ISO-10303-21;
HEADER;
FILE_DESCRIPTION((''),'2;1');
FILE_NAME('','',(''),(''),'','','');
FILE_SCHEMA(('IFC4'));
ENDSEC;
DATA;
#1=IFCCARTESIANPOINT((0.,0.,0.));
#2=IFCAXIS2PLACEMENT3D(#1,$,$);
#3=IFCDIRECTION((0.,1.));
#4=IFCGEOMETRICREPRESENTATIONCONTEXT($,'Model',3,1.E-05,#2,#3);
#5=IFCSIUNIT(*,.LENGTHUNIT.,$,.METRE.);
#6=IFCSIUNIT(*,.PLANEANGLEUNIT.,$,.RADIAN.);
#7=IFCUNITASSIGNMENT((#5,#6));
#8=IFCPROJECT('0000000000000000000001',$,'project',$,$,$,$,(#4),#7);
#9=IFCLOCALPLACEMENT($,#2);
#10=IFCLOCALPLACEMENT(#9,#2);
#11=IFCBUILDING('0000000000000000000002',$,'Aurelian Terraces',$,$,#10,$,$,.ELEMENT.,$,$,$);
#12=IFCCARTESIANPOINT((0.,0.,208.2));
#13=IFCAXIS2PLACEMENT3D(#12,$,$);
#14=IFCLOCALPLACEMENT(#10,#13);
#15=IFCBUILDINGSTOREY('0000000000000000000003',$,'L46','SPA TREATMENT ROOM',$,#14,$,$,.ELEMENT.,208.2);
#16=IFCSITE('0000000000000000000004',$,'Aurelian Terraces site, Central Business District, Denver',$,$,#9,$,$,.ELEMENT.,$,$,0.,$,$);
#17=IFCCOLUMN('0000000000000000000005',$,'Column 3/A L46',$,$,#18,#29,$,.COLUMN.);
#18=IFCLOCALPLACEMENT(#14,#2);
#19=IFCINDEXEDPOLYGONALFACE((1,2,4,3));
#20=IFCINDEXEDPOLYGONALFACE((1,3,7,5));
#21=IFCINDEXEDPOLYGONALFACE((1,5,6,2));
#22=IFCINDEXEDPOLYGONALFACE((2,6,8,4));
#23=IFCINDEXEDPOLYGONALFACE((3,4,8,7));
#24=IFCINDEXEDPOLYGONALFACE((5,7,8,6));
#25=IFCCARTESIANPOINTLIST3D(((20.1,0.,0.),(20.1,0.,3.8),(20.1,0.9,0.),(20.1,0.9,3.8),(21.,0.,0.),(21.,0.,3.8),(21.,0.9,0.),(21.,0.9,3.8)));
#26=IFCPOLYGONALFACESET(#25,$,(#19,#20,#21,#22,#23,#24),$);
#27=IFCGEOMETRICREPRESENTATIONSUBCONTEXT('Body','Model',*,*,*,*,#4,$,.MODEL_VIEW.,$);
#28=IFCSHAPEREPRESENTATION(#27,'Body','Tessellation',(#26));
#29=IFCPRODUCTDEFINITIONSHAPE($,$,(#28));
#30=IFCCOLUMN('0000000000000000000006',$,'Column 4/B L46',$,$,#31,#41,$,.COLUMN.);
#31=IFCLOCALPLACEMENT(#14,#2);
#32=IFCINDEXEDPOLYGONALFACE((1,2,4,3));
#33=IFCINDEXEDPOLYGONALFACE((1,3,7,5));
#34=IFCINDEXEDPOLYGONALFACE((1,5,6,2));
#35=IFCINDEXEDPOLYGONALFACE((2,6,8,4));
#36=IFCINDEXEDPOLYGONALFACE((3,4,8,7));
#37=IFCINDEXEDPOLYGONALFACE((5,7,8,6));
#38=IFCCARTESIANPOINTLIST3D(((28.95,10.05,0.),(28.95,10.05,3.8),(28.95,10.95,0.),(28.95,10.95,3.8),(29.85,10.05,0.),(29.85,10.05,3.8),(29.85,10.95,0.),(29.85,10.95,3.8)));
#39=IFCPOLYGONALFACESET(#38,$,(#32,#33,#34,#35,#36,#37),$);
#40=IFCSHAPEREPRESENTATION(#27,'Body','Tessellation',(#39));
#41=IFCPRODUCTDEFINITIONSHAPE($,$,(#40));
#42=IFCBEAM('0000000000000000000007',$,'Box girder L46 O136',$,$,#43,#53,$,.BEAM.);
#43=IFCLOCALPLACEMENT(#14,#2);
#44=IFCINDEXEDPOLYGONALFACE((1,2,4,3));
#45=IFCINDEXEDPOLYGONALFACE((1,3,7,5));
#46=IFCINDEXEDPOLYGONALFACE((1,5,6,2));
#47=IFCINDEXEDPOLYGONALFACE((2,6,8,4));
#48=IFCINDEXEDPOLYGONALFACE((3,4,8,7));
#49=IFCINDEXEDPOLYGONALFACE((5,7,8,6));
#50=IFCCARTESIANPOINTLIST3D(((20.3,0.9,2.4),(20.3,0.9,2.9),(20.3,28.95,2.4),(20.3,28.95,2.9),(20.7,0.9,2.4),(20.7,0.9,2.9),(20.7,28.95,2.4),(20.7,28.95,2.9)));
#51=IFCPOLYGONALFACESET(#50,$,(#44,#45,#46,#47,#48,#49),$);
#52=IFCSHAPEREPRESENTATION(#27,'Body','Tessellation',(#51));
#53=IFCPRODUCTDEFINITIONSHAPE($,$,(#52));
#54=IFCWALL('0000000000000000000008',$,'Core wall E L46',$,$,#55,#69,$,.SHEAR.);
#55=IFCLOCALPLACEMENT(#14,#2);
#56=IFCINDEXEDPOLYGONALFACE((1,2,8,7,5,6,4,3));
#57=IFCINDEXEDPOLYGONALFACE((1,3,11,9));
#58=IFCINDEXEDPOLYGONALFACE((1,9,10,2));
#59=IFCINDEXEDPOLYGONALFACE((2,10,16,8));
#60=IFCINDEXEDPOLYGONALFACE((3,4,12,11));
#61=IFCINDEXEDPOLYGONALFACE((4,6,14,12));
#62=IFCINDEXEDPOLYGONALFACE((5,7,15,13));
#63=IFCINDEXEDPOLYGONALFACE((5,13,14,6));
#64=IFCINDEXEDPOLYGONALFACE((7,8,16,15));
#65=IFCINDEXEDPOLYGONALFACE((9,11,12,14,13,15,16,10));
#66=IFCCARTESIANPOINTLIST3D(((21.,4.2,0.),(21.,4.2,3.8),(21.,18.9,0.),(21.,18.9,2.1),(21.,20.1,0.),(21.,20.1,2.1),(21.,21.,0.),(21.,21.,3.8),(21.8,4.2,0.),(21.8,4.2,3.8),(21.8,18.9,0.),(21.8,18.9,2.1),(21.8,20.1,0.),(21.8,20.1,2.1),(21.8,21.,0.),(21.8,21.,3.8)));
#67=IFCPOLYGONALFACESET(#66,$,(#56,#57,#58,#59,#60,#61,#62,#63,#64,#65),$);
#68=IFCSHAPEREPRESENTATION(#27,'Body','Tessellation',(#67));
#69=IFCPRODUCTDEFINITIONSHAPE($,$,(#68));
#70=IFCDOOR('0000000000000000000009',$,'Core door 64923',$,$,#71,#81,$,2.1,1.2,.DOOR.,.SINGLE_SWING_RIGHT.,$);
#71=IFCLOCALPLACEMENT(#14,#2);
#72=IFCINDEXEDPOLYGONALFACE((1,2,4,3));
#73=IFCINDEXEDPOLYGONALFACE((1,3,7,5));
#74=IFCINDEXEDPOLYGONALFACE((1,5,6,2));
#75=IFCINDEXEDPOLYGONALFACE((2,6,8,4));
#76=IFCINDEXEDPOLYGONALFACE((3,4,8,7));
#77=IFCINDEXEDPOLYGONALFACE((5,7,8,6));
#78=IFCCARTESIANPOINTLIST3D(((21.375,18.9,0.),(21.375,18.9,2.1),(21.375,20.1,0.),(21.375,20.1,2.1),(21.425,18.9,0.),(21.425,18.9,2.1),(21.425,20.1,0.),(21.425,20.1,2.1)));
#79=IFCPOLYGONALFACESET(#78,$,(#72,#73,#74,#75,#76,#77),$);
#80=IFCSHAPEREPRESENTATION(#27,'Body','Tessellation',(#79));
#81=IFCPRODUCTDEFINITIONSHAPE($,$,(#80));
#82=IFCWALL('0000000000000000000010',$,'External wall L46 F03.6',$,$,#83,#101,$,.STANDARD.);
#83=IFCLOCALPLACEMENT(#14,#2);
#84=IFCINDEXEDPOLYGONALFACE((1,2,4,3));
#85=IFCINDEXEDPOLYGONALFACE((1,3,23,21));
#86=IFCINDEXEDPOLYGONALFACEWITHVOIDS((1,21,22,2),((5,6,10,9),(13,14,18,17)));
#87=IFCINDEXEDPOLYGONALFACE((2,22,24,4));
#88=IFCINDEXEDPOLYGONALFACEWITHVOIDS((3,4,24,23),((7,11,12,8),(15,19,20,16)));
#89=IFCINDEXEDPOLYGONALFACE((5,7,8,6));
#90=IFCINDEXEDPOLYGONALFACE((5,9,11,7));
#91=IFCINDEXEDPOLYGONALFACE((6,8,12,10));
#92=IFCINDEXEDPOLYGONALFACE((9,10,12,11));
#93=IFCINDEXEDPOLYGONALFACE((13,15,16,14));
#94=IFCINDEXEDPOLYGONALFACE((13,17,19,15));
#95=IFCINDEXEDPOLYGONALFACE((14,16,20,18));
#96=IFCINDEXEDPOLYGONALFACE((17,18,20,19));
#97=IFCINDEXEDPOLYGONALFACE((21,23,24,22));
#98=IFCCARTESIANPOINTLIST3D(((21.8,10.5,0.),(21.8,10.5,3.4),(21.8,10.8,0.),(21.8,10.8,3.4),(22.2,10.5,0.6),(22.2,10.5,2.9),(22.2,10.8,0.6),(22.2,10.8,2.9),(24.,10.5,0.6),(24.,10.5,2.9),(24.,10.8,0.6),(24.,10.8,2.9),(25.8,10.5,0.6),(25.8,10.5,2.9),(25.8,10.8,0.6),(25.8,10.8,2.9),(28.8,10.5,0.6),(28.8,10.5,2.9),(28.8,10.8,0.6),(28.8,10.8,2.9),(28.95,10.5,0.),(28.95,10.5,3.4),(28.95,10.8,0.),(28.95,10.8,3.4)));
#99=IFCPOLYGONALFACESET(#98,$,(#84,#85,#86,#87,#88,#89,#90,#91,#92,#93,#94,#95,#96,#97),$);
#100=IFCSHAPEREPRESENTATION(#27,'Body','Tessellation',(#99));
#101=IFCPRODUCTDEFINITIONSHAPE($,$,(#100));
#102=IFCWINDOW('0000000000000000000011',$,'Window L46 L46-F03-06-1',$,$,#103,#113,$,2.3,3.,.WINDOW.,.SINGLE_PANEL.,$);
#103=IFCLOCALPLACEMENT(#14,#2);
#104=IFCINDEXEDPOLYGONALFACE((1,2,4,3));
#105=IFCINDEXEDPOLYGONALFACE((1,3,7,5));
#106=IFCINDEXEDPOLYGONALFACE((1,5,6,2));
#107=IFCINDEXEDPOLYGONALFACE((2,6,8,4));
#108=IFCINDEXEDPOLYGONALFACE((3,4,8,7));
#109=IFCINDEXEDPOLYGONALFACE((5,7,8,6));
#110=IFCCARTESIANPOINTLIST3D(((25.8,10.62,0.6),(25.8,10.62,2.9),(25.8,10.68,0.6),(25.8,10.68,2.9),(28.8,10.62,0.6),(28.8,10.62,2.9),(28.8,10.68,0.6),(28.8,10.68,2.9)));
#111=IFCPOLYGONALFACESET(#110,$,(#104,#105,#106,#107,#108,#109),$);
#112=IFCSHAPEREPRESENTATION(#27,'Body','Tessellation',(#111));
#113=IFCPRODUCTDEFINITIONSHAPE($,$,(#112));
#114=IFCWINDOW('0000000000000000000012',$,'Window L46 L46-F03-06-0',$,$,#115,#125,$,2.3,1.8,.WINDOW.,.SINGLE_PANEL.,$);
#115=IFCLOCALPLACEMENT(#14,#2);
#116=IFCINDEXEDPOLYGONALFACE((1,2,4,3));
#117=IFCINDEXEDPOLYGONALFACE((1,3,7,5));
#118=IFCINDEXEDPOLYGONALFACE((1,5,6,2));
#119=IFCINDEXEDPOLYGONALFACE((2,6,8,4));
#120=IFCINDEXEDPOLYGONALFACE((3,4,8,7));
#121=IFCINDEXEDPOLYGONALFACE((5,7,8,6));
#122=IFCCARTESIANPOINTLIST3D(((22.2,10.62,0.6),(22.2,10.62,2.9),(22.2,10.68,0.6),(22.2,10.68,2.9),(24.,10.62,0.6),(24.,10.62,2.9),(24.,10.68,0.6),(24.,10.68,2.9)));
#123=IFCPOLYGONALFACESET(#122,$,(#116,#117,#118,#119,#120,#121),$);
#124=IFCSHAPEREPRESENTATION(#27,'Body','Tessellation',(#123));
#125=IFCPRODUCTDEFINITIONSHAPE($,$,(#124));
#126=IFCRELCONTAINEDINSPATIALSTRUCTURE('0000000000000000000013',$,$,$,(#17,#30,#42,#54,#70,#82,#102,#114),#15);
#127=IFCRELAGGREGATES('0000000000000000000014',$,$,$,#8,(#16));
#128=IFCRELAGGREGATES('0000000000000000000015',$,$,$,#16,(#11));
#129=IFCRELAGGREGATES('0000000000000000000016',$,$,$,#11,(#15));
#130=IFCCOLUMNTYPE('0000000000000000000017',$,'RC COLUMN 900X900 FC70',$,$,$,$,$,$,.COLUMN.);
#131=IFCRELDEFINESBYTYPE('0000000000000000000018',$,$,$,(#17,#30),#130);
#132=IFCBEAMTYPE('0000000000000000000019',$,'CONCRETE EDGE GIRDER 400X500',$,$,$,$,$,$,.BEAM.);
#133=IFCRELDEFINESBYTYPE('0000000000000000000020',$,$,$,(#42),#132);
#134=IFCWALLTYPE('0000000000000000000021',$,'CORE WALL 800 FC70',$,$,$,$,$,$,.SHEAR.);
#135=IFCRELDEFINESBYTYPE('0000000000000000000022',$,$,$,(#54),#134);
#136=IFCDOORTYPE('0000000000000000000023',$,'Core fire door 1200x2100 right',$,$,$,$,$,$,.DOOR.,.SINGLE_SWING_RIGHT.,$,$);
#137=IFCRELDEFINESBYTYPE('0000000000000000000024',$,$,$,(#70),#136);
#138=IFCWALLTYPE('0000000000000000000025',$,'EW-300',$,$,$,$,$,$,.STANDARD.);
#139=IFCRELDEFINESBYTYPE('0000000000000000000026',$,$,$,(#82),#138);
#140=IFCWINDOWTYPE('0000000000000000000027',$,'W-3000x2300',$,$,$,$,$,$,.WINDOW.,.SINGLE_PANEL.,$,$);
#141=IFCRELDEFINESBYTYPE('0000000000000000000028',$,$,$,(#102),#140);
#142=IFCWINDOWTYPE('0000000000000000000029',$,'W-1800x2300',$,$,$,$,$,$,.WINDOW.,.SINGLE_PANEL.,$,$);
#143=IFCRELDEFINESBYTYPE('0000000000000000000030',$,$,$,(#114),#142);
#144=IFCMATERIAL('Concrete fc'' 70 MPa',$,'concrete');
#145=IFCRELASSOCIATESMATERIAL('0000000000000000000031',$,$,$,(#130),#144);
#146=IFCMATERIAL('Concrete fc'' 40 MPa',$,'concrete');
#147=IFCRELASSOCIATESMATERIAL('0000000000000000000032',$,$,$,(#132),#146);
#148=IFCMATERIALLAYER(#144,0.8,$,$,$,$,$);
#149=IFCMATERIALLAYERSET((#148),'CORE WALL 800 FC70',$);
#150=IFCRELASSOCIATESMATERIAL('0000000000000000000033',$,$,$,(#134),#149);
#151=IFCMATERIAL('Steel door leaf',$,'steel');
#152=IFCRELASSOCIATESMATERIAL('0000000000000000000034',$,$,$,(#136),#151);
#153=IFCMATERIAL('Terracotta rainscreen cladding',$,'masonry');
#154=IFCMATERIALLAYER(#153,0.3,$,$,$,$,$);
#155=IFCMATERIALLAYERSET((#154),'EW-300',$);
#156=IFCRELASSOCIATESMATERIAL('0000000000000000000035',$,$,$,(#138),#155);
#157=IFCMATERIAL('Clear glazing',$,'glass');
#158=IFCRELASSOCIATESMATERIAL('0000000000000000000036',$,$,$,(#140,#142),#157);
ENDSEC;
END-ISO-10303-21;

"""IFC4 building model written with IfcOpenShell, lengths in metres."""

from ifc_helpers import new_model, si_unit, direction, frame, frame_2d, origin, origin_2d, place, context, subcontext, project, spatial, rectangle, extrude, source, transform, mapped, material, layer, layer_set, material_profile, profile_set, type_object, element, fill, save


model = new_model("IFC4")

# Units and contexts
model_context = context("Model", 3, precision=1e-05, world=origin(), true_north=direction((0.0, 1.0)))
body_context = subcontext(model_context, "Body", "Model", "MODEL_VIEW")
ifc_project = project(units=[si_unit("LENGTHUNIT", "METRE"), si_unit("PLANEANGLEUNIT", "RADIAN")], contexts=[model_context])

# Site, building, storey
site_placement = place(None, origin())
site = spatial("IfcSite", under=ifc_project, at=site_placement, Name="Aurelian Terraces site, Central Business District, Denver", CompositionType="ELEMENT", RefElevation=0.0)
building_placement = place(site_placement, origin())
building = spatial("IfcBuilding", under=site, at=building_placement, Name="Aurelian Terraces", CompositionType="ELEMENT")
storey_placement = place(building_placement, frame((0.0, 0.0, 208.2)))
storey = spatial("IfcBuildingStorey", under=building, at=storey_placement, Name="L46", Description="SPA TREATMENT ROOM", CompositionType="ELEMENT", Elevation=208.2)

# Columns
ifc_material_1 = material(Name="Concrete fc' 70 MPa", Category="concrete")
ifc_material_profile_1 = material_profile(ifc_material_1, rectangle(XDim=0.9, YDim=0.9, at=origin_2d()))
ifc_profile_set_1 = profile_set([ifc_material_profile_1], Name="Concrete fc' 70 MPa")
column_type = type_object("IfcColumnType", Name="RC COLUMN 900X900 FC70", PredefinedType="COLUMN", material=ifc_profile_set_1)
shared_shape_1 = source(origin(), body_context, "Body", "SweptSolid", [
    extrude(rectangle(XDim=0.9, YDim=0.9, at=origin_2d()), origin(), (0.0, 0.0, 1.0), 3.8),
])
for number, where, z_axis, x_axis, name in (
    (1, (20.55, 0.45, 0.0), (0.0, 0.0, 1.0), (1.0, 0.0, 0.0), "Column 3/A L46"),
    (2, (29.4, 10.5, 0.0), (0.0, 0.0, 1.0), (1.0, 0.0, 0.0), "Column 4/B L46"),
):
    element("IfcColumn", number, at=place(storey_placement, frame(where, z_axis=z_axis, x_axis=x_axis)), inside=storey, type_object=column_type, Name=name, PredefinedType="COLUMN", context=body_context, shape_type="MappedRepresentation", body=[
        mapped(shared_shape_1, transform((0.0, 0.0, 0.0), scale=1.0)),
    ])

# Beam
ifc_material_2 = material(Name="Concrete fc' 40 MPa", Category="concrete")
ifc_material_profile_2 = material_profile(ifc_material_2, rectangle(XDim=0.4, YDim=0.5, at=origin_2d()))
ifc_profile_set_2 = profile_set([ifc_material_profile_2], Name="Concrete fc' 40 MPa")
beam_type = type_object("IfcBeamType", Name="CONCRETE EDGE GIRDER 400X500", PredefinedType="BEAM", material=ifc_profile_set_2)
shared_shape_2 = source(origin(), body_context, "Body", "SweptSolid", [
    extrude(rectangle(XDim=0.4, YDim=0.5, at=origin_2d()), origin(), (0.0, 0.0, 1.0), 28.05),
])
beam_placement = place(storey_placement, frame((20.5, 0.9, 2.65), z_axis=(0.0, 1.0, 0.0), x_axis=(-1.0, 0.0, 0.0)))
element("IfcBeam", 3, at=beam_placement, inside=storey, type_object=beam_type, Name="Box girder L46 O136", PredefinedType="BEAM", context=body_context, shape_type="MappedRepresentation", body=[
    mapped(shared_shape_2, transform((0.0, 0.0, 0.0), scale=1.0)),
])

# Wall, opening, door
ifc_layer_1 = layer(ifc_material_1, 0.8)
ifc_layer_set_1 = layer_set([ifc_layer_1], Name="CORE WALL 800 FC70")
wall_type_1 = type_object("IfcWallType", Name="CORE WALL 800 FC70", PredefinedType="SHEAR", material=ifc_layer_set_1)
shared_shape_3 = source(origin(), body_context, "Body", "SweptSolid", [
    extrude(rectangle(XDim=16.8, YDim=0.8, at=frame_2d((8.4, 0.0))), origin(), (0.0, 0.0, 1.0), 3.8),
])
wall_1_placement = place(storey_placement, frame((21.4, 4.2, 0.0), z_axis=(0.0, 0.0, 1.0), x_axis=(0.0, 1.0, 0.0)))
wall_1 = element("IfcWall", 4, at=wall_1_placement, inside=storey, type_object=wall_type_1, Name="Core wall E L46", PredefinedType="SHEAR", context=body_context, shape_type="MappedRepresentation", body=[
    mapped(shared_shape_3, transform((0.0, 0.0, 0.0), scale=1.0)),
])
shared_shape_4 = source(origin(), body_context, "Body", "SweptSolid", [
    extrude(rectangle(XDim=1.2, YDim=2.1, at=frame_2d((0.6, 1.05))), frame((0.0, 0.41, 0.0), z_axis=(0.0, -1.0, 0.0), x_axis=(1.0, 0.0, 0.0)), (0.0, 0.0, 1.0), 0.82),
])
opening_1_placement = place(wall_1_placement, frame((14.7, 0.0, 0.0)))
opening_1 = element("IfcOpeningElement", 5, at=opening_1_placement, cuts=wall_1, PredefinedType="OPENING", context=body_context, shape_type="MappedRepresentation", body=[
    mapped(shared_shape_4, transform((0.0, 0.0, 0.0), scale=1.0)),
])
ifc_material_3 = material(Name="Steel door leaf", Category="steel")
door_type_1 = type_object("IfcDoorType", Name="Core fire door 1200x2100 right", OperationType="SINGLE_SWING_RIGHT", PredefinedType="DOOR", material=ifc_material_3)
shared_shape_5 = source(origin(), body_context, "Body", "SweptSolid", [
    extrude(rectangle(XDim=1.2, YDim=2.1, at=frame_2d((0.6, 1.05))), frame((0.0, 0.025, 0.0), z_axis=(0.0, -1.0, 0.0), x_axis=(1.0, 0.0, 0.0)), (0.0, 0.0, 1.0), 0.05),
])
door_1_placement = place(opening_1_placement, origin())
door_1 = element("IfcDoor", 6, at=door_1_placement, inside=storey, type_object=door_type_1, Name="Core door 64923", OperationType="SINGLE_SWING_RIGHT", OverallHeight=2.1, OverallWidth=1.2, PredefinedType="DOOR", context=body_context, shape_type="MappedRepresentation", body=[
    mapped(shared_shape_5, transform((0.0, 0.0, 0.0), scale=1.0)),
])
fill(opening_1, door_1)

# Wall, openings, windows
ifc_material_4 = material(Name="Terracotta rainscreen cladding", Category="masonry")
ifc_layer_2 = layer(ifc_material_4, 0.3)
ifc_layer_set_2 = layer_set([ifc_layer_2], Name="EW-300")
wall_type_2 = type_object("IfcWallType", Name="EW-300", PredefinedType="STANDARD", material=ifc_layer_set_2)
shared_shape_6 = source(origin(), body_context, "Body", "SweptSolid", [
    extrude(rectangle(XDim=7.15, YDim=0.3, at=frame_2d((3.575, 0.0))), origin(), (0.0, 0.0, 1.0), 3.4),
])
wall_2_placement = place(storey_placement, frame((21.8, 10.65, 0.0), z_axis=(0.0, 0.0, 1.0), x_axis=(1.0, 0.0, 0.0)))
wall_2 = element("IfcWall", 7, at=wall_2_placement, inside=storey, type_object=wall_type_2, Name="External wall L46 F03.6", PredefinedType="STANDARD", context=body_context, shape_type="MappedRepresentation", body=[
    mapped(shared_shape_6, transform((0.0, 0.0, 0.0), scale=1.0)),
])
shared_shape_7 = source(origin(), body_context, "Body", "SweptSolid", [
    extrude(rectangle(XDim=1.8, YDim=2.3, at=frame_2d((0.9, 1.15))), frame((0.0, 0.16, 0.0), z_axis=(0.0, -1.0, 0.0), x_axis=(1.0, 0.0, 0.0)), (0.0, 0.0, 1.0), 0.32),
])
opening_2_placement = place(wall_2_placement, frame((0.4, 0.0, 0.6)))
opening_2 = element("IfcOpeningElement", 8, at=opening_2_placement, cuts=wall_2, PredefinedType="OPENING", context=body_context, shape_type="MappedRepresentation", body=[
    mapped(shared_shape_7, transform((0.0, 0.0, 0.0), scale=1.0)),
])
shared_shape_8 = source(origin(), body_context, "Body", "SweptSolid", [
    extrude(rectangle(XDim=3.0, YDim=2.3, at=frame_2d((1.5, 1.15))), frame((0.0, 0.16, 0.0), z_axis=(0.0, -1.0, 0.0), x_axis=(1.0, 0.0, 0.0)), (0.0, 0.0, 1.0), 0.32),
])
opening_3_placement = place(wall_2_placement, frame((4.0, 0.0, 0.6)))
opening_3 = element("IfcOpeningElement", 9, at=opening_3_placement, cuts=wall_2, PredefinedType="OPENING", context=body_context, shape_type="MappedRepresentation", body=[
    mapped(shared_shape_8, transform((0.0, 0.0, 0.0), scale=1.0)),
])
ifc_material_5 = material(Name="Clear glazing", Category="glass")
window_type_1 = type_object("IfcWindowType", Name="W-3000x2300", PartitioningType="SINGLE_PANEL", PredefinedType="WINDOW", material=ifc_material_5)
shared_shape_9 = source(origin(), body_context, "Body", "SweptSolid", [
    extrude(rectangle(XDim=3.0, YDim=2.3, at=frame_2d((1.5, 1.15))), frame((0.0, 0.03, 0.0), z_axis=(0.0, -1.0, 0.0), x_axis=(1.0, 0.0, 0.0)), (0.0, 0.0, 1.0), 0.06),
])
window_1_placement = place(opening_3_placement, origin())
window_1 = element("IfcWindow", 10, at=window_1_placement, inside=storey, type_object=window_type_1, Name="Window L46 L46-F03-06-1", OverallHeight=2.3, OverallWidth=3.0, PartitioningType="SINGLE_PANEL", PredefinedType="WINDOW", context=body_context, shape_type="MappedRepresentation", body=[
    mapped(shared_shape_9, transform((0.0, 0.0, 0.0), scale=1.0)),
])
fill(opening_3, window_1)
window_type_2 = type_object("IfcWindowType", Name="W-1800x2300", PartitioningType="SINGLE_PANEL", PredefinedType="WINDOW", material=ifc_material_5)
shared_shape_10 = source(origin(), body_context, "Body", "SweptSolid", [
    extrude(rectangle(XDim=1.8, YDim=2.3, at=frame_2d((0.9, 1.15))), frame((0.0, 0.03, 0.0), z_axis=(0.0, -1.0, 0.0), x_axis=(1.0, 0.0, 0.0)), (0.0, 0.0, 1.0), 0.06),
])
window_2_placement = place(opening_2_placement, origin())
window_2 = element("IfcWindow", 11, at=window_2_placement, inside=storey, type_object=window_type_2, Name="Window L46 L46-F03-06-0", OverallHeight=2.3, OverallWidth=1.8, PartitioningType="SINGLE_PANEL", PredefinedType="WINDOW", context=body_context, shape_type="MappedRepresentation", body=[
    mapped(shared_shape_10, transform((0.0, 0.0, 0.0), scale=1.0)),
])
fill(opening_2, window_2)

save(model, "model.ifc")
